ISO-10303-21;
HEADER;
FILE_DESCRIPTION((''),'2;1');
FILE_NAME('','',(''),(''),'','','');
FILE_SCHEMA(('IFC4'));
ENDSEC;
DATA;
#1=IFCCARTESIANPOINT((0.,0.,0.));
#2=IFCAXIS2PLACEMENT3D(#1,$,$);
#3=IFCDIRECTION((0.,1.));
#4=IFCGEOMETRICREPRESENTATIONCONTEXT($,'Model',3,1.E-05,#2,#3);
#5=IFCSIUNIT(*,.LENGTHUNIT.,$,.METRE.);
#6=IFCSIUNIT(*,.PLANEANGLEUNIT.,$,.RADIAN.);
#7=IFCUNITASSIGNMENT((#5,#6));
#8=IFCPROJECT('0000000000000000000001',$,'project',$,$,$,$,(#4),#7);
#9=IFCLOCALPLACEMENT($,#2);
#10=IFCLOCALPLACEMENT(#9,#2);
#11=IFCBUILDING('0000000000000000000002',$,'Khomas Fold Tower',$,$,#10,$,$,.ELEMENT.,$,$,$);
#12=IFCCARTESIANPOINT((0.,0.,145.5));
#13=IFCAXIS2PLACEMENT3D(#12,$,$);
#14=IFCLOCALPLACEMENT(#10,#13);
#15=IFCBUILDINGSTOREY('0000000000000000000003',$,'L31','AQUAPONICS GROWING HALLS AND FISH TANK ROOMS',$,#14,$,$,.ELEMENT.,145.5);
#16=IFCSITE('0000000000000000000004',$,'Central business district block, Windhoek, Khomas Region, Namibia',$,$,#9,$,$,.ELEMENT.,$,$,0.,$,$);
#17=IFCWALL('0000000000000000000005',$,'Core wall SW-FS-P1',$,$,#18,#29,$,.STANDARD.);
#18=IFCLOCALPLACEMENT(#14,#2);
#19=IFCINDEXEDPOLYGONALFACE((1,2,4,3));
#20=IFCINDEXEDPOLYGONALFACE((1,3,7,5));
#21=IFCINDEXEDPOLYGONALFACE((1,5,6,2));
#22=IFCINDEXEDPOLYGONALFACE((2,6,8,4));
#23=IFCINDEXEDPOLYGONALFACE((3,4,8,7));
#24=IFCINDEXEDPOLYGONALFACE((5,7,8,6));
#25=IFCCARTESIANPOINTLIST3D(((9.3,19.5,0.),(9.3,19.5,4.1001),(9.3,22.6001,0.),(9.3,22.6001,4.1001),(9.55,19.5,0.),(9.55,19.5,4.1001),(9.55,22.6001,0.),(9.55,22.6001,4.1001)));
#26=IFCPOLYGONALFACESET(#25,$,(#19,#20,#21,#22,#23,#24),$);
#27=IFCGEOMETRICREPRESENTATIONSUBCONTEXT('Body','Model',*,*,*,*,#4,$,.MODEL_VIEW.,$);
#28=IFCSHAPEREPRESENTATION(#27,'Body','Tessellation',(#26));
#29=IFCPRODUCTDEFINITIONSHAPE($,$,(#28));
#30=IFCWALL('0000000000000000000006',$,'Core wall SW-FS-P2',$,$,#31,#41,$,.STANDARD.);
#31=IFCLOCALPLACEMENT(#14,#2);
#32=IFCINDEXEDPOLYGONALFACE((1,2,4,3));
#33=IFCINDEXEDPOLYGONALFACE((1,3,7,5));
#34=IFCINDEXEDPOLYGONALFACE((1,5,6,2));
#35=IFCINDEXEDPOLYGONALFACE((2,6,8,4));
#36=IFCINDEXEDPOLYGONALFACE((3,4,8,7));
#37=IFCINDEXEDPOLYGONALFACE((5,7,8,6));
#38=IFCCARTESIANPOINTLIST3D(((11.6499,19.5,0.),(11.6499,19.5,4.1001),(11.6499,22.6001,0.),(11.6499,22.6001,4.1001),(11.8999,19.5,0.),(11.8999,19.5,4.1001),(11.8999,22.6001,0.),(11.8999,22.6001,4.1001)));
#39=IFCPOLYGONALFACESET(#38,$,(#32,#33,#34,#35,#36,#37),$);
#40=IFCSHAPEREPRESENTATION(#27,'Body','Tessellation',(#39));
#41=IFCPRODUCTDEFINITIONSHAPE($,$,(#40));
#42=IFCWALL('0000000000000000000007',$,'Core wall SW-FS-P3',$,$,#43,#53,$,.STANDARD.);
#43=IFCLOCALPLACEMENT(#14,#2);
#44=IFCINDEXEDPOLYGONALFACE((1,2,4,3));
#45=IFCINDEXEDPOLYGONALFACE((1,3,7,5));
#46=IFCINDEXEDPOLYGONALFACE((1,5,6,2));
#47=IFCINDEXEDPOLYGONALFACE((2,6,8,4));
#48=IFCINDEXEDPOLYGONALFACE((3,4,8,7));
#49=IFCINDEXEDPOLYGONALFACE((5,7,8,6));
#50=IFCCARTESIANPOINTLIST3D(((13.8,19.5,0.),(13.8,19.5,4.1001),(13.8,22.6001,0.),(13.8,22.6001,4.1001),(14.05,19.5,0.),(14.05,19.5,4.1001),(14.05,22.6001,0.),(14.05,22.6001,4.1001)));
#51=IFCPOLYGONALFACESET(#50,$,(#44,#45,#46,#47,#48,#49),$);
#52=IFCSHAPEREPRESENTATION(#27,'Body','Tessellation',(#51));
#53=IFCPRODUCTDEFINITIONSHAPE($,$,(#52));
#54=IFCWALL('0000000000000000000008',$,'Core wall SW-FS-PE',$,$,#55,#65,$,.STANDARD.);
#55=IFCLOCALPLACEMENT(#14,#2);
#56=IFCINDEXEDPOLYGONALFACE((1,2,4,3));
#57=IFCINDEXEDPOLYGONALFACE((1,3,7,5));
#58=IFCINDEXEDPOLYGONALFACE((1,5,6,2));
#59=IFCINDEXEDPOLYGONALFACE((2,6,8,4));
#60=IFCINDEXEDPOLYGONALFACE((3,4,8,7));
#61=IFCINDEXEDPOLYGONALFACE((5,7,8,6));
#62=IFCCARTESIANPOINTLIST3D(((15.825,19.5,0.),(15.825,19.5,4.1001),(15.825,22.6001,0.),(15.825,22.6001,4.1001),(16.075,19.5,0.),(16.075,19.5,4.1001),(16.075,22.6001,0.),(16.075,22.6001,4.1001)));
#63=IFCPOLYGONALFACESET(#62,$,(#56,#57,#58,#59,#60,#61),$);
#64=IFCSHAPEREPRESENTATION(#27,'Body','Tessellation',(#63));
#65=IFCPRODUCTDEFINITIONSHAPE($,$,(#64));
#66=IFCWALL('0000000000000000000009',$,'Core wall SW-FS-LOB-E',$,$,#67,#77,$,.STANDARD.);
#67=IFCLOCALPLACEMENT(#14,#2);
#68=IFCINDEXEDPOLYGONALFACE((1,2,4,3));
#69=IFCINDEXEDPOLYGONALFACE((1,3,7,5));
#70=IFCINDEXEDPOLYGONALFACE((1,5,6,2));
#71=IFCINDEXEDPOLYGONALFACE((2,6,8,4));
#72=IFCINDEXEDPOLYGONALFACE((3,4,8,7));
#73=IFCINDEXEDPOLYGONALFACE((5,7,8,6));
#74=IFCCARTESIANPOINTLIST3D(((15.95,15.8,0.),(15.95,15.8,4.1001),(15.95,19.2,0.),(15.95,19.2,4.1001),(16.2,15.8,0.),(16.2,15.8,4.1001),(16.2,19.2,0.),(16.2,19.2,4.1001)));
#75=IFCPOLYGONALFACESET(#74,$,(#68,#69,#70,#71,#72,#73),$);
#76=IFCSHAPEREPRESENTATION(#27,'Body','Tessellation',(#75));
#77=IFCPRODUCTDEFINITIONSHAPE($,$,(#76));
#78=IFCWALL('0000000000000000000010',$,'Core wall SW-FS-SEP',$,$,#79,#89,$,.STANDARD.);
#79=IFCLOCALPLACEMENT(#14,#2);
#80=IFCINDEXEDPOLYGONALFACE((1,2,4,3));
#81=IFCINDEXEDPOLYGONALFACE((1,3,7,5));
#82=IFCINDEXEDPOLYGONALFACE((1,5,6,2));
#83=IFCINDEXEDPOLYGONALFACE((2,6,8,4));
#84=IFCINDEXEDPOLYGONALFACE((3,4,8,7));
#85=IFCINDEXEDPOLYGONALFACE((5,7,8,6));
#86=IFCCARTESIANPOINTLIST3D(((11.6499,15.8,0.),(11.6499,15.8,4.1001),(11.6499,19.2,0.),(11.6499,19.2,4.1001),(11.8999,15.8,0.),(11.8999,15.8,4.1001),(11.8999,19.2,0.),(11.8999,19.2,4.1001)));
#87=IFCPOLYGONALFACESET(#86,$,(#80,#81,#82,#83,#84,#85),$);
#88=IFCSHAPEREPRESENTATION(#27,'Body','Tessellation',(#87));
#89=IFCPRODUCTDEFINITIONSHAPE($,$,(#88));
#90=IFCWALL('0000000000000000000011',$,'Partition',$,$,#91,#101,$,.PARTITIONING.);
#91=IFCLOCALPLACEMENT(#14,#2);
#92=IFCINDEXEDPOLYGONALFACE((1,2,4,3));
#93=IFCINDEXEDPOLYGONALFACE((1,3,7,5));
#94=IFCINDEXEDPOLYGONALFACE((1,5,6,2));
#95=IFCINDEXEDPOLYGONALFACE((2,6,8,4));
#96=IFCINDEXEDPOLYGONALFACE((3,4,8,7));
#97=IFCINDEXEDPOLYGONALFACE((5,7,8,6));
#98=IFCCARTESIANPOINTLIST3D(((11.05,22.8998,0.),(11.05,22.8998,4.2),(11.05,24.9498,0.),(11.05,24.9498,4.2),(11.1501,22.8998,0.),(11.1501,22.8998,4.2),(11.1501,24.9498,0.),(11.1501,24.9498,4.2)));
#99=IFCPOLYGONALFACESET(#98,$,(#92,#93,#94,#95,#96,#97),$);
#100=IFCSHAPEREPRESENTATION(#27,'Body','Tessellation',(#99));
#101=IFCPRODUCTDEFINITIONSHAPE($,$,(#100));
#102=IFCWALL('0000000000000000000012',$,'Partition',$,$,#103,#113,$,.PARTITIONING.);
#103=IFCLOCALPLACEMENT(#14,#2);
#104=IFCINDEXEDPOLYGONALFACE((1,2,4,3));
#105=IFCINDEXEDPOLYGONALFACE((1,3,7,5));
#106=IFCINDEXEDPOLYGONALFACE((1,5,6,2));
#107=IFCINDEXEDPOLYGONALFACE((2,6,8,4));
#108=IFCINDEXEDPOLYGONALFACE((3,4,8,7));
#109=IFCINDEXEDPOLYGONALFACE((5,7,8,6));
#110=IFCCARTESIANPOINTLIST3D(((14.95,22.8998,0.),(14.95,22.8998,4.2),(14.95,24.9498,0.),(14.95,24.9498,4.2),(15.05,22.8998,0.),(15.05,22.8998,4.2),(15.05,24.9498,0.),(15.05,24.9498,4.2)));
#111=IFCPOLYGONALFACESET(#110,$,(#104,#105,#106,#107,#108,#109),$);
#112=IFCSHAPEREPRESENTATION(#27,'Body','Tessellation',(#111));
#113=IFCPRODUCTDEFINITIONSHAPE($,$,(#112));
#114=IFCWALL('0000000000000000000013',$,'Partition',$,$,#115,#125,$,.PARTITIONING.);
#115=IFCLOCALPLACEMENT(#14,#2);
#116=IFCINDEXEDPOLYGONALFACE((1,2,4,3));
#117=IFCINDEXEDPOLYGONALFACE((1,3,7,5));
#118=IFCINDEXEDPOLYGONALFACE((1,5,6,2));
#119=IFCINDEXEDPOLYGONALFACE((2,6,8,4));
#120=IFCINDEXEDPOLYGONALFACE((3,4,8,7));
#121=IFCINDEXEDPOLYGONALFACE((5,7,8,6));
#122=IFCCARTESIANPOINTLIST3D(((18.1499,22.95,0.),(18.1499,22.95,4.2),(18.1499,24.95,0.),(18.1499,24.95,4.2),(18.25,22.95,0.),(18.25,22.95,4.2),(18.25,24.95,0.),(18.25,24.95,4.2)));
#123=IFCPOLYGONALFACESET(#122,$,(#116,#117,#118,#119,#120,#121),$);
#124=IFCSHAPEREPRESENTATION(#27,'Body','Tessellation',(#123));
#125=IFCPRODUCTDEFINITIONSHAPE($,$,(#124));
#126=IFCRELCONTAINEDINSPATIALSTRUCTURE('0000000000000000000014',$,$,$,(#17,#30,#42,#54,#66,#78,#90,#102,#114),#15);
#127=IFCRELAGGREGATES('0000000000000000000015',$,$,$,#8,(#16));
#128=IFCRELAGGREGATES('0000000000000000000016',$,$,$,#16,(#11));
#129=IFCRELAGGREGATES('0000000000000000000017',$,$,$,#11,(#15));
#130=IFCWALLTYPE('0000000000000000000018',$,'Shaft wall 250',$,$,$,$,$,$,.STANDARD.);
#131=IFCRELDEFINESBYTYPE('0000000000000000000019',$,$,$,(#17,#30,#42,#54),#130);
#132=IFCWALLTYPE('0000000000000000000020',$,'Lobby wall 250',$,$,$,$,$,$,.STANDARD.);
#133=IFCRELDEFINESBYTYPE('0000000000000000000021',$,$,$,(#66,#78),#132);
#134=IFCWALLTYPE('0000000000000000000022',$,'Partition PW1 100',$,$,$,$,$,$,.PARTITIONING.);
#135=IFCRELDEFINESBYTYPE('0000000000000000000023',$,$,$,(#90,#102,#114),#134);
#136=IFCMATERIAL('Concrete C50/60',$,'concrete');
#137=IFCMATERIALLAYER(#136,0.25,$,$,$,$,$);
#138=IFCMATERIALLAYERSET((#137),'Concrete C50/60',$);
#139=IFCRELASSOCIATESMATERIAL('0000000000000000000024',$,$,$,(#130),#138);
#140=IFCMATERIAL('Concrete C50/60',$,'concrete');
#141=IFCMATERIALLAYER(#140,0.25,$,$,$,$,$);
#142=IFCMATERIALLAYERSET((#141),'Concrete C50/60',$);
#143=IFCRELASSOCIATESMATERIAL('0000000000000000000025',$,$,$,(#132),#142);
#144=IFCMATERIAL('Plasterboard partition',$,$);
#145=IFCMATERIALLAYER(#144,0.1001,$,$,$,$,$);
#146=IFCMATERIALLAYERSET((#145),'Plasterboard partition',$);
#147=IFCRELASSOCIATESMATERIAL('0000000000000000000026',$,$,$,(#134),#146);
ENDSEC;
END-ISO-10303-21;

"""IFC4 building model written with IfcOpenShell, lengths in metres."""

from ifc_helpers import new_model, si_unit, direction, frame, frame_2d, origin, place, context, subcontext, project, spatial, rectangle, extrude, source, transform, mapped, material, layer, layer_set, type_object, element, save


model = new_model("IFC4")

# Units and contexts
model_context = context("Model", 3, precision=1e-05, world=origin(), true_north=direction((0.0, 1.0)))
body_context = subcontext(model_context, "Body", "Model", "MODEL_VIEW")
ifc_project = project(units=[si_unit("LENGTHUNIT", "METRE"), si_unit("PLANEANGLEUNIT", "RADIAN")], contexts=[model_context])

# Site, building, storey
site_placement = place(None, origin())
site = spatial("IfcSite", under=ifc_project, at=site_placement, Name="Central business district block, Windhoek, Khomas Region, Namibia", CompositionType="ELEMENT", RefElevation=0.0)
building_placement = place(site_placement, origin())
building = spatial("IfcBuilding", under=site, at=building_placement, Name="Khomas Fold Tower", CompositionType="ELEMENT")
storey_placement = place(building_placement, frame((0.0, 0.0, 145.5)))
storey = spatial("IfcBuildingStorey", under=building, at=storey_placement, Name="L31", Description="AQUAPONICS GROWING HALLS AND FISH TANK ROOMS", CompositionType="ELEMENT", Elevation=145.5)

# Walls
ifc_material_1 = material(Name="Concrete C50/60", Category="concrete")
ifc_layer_1 = layer(ifc_material_1, 0.25)
ifc_layer_set_1 = layer_set([ifc_layer_1], Name="Concrete C50/60")
wall_type_1 = type_object("IfcWallType", Name="Shaft wall 250", PredefinedType="STANDARD", material=ifc_layer_set_1)
shared_shape_1 = source(origin(), body_context, "Body", "SweptSolid", [
    extrude(rectangle(XDim=3.1001, YDim=0.25, at=frame_2d((1.55, 0.0))), origin(), (0.0, 0.0, 1.0), 4.1001),
])
for number, where, z_axis, x_axis, name in (
    (1, (9.425, 19.5, 0.0), (0.0, 0.0, 1.0), (0.0, 1.0, 0.0), "Core wall SW-FS-P1"),
    (2, (11.7749, 19.5, 0.0), (0.0, 0.0, 1.0), (0.0, 1.0, 0.0), "Core wall SW-FS-P2"),
    (3, (13.925, 19.5, 0.0), (0.0, 0.0, 1.0), (0.0, 1.0, 0.0), "Core wall SW-FS-P3"),
    (4, (15.95, 19.5, 0.0), (0.0, 0.0, 1.0), (0.0, 1.0, 0.0), "Core wall SW-FS-PE"),
):
    element("IfcWall", number, at=place(storey_placement, frame(where, z_axis=z_axis, x_axis=x_axis)), inside=storey, type_object=wall_type_1, Name=name, PredefinedType="STANDARD", context=body_context, shape_type="MappedRepresentation", body=[
        mapped(shared_shape_1, transform((0.0, 0.0, 0.0))),
    ])
ifc_material_2 = material(Name="Concrete C50/60", Category="concrete")
ifc_layer_2 = layer(ifc_material_2, 0.25)
ifc_layer_set_2 = layer_set([ifc_layer_2], Name="Concrete C50/60")
wall_type_2 = type_object("IfcWallType", Name="Lobby wall 250", PredefinedType="STANDARD", material=ifc_layer_set_2)
shared_shape_2 = source(origin(), body_context, "Body", "SweptSolid", [
    extrude(rectangle(XDim=3.3999, YDim=0.25, at=frame_2d((1.7, 0.0))), origin(), (0.0, 0.0, 1.0), 4.1001),
])
for number, where, z_axis, x_axis, name in (
    (5, (16.075, 15.8, 0.0), (0.0, 0.0, 1.0), (0.0, 1.0, 0.0), "Core wall SW-FS-LOB-E"),
    (6, (11.7749, 15.8, 0.0), (0.0, 0.0, 1.0), (0.0, 1.0, 0.0), "Core wall SW-FS-SEP"),
):
    element("IfcWall", number, at=place(storey_placement, frame(where, z_axis=z_axis, x_axis=x_axis)), inside=storey, type_object=wall_type_2, Name=name, PredefinedType="STANDARD", context=body_context, shape_type="MappedRepresentation", body=[
        mapped(shared_shape_2, transform((0.0, 0.0, 0.0))),
    ])
ifc_material_3 = material(Name="Plasterboard partition")
ifc_layer_3 = layer(ifc_material_3, 0.1001)
ifc_layer_set_3 = layer_set([ifc_layer_3], Name="Plasterboard partition")
wall_type_3 = type_object("IfcWallType", Name="Partition PW1 100", PredefinedType="PARTITIONING", material=ifc_layer_set_3)
shared_shape_3 = source(origin(), body_context, "Body", "SweptSolid", [
    extrude(rectangle(XDim=2.05, YDim=0.1001, at=frame_2d((1.0249, 0.0))), origin(), (0.0, 0.0, 1.0), 4.2),
])
for number, where, z_axis, x_axis, name in (
    (7, (11.1001, 22.8999, 0.0), (0.0, 0.0, 1.0), (0.0, 1.0, 0.0), "Partition"),
    (8, (15.0, 22.8999, 0.0), (0.0, 0.0, 1.0), (0.0, 1.0, 0.0), "Partition"),
):
    element("IfcWall", number, at=place(storey_placement, frame(where, z_axis=z_axis, x_axis=x_axis)), inside=storey, type_object=wall_type_3, Name=name, PredefinedType="PARTITIONING", context=body_context, shape_type="MappedRepresentation", body=[
        mapped(shared_shape_3, transform((0.0, 0.0, 0.0))),
    ])
shared_shape_4 = source(origin(), body_context, "Body", "SweptSolid", [
    extrude(rectangle(XDim=2.0, YDim=0.1001, at=frame_2d((1.0, 0.0))), origin(), (0.0, 0.0, 1.0), 4.2),
])
wall_1_placement = place(storey_placement, frame((18.2, 22.95, 0.0), z_axis=(0.0, 0.0, 1.0), x_axis=(0.0, 1.0, 0.0)))
element("IfcWall", 9, at=wall_1_placement, inside=storey, type_object=wall_type_3, Name="Partition", PredefinedType="PARTITIONING", context=body_context, shape_type="MappedRepresentation", body=[
    mapped(shared_shape_4, transform((0.0, 0.0, 0.0))),
])

save(model, "model.ifc")
